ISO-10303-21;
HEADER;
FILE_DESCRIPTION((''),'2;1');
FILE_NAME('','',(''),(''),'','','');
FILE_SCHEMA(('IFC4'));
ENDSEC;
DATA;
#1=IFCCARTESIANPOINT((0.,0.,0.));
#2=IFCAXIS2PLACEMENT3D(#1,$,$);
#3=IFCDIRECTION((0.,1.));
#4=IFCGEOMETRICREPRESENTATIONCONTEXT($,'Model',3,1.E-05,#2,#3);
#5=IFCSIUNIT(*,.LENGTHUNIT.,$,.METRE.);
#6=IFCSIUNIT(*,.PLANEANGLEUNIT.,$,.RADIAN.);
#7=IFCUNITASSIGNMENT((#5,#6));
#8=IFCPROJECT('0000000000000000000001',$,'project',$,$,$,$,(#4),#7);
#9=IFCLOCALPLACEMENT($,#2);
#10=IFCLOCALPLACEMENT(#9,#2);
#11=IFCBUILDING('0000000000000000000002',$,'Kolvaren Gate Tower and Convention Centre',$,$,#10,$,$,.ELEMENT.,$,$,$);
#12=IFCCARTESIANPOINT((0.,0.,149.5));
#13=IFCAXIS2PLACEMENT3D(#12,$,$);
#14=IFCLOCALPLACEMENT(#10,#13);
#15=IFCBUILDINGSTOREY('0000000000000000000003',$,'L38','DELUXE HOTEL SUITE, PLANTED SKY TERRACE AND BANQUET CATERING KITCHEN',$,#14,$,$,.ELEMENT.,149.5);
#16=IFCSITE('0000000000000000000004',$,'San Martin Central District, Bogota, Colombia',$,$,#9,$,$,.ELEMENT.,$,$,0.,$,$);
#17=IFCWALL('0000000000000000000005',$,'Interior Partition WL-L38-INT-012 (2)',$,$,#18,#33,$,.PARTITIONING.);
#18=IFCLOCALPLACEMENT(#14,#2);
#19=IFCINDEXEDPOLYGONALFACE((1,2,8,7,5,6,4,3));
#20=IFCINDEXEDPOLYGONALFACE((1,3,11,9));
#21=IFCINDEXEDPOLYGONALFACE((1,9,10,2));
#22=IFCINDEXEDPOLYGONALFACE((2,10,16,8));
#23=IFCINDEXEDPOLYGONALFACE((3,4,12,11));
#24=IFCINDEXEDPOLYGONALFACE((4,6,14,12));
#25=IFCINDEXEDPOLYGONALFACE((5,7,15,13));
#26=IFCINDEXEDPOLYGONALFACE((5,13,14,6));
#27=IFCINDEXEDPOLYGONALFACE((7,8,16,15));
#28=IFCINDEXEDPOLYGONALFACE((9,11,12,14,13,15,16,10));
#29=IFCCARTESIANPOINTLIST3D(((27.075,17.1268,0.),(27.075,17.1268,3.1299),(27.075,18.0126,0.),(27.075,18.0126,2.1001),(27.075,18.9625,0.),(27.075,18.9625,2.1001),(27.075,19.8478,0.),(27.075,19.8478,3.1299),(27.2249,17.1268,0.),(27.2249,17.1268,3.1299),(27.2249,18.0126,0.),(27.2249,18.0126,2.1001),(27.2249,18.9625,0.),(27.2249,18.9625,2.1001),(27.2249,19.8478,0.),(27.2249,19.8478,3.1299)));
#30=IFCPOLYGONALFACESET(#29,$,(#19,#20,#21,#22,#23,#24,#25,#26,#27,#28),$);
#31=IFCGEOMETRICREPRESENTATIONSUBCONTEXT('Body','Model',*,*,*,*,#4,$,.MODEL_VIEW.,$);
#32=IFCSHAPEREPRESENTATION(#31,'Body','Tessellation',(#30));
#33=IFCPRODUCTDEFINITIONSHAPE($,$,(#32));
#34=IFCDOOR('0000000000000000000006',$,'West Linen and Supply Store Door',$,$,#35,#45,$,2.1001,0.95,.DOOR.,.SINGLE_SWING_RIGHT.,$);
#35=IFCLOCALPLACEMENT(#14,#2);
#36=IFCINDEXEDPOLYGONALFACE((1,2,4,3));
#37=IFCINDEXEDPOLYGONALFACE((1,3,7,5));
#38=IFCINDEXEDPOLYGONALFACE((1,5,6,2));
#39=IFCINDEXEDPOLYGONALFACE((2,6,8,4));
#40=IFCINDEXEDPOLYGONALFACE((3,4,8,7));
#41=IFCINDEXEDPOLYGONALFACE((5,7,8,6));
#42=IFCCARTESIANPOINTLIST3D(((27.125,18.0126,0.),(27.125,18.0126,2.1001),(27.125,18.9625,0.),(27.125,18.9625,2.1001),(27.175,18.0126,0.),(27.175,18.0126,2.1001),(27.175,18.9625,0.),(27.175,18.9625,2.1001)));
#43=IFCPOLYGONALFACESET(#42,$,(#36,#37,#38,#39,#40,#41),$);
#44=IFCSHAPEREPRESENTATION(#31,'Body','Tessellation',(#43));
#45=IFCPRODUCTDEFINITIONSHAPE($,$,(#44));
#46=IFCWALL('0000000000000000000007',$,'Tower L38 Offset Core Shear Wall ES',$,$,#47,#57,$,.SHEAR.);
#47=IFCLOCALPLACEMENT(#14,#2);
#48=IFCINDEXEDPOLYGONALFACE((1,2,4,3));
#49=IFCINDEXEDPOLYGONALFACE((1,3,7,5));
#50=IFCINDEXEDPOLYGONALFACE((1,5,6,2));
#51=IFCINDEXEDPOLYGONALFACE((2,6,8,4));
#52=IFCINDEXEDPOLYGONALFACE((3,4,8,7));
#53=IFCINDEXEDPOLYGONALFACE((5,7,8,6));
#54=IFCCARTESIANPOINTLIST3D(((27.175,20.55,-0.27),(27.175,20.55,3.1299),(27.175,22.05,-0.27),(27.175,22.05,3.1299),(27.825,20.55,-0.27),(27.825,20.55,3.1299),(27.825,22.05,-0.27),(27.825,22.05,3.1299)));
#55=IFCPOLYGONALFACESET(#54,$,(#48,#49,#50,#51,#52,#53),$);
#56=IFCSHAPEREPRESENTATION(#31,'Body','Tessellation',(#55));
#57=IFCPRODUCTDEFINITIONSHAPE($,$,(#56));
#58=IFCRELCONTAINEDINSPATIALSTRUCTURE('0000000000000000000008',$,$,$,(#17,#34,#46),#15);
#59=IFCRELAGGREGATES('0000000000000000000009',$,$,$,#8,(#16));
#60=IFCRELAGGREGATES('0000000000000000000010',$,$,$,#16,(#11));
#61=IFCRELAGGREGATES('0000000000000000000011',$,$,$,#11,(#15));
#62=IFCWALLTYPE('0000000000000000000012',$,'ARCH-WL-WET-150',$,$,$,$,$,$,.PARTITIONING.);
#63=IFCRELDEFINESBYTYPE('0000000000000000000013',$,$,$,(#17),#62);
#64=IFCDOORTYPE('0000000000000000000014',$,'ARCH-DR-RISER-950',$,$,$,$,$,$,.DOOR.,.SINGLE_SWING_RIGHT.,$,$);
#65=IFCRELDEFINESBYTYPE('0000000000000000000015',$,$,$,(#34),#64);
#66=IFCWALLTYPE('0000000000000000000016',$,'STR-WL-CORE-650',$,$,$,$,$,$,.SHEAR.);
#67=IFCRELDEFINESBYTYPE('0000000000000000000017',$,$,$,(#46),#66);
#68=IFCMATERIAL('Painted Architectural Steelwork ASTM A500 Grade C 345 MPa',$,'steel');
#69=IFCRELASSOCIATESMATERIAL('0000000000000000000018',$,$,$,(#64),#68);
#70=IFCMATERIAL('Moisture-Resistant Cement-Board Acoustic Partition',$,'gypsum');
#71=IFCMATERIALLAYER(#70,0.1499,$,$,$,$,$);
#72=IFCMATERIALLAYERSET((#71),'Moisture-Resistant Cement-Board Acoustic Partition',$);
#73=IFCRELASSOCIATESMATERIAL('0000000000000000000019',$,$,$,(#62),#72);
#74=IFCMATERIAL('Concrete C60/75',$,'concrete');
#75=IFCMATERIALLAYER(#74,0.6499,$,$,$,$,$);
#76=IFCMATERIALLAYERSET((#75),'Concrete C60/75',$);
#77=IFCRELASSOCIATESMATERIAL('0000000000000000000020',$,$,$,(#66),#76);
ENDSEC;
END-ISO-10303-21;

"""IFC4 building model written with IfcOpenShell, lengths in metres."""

from ifc_helpers import new_model, si_unit, direction, frame, frame_2d, origin, place, context, subcontext, project, spatial, rectangle, extrude, material, layer, layer_set, type_object, element, fill, save


model = new_model("IFC4")

# Units and contexts
model_context = context("Model", 3, precision=1e-05, world=origin(), true_north=direction((0.0, 1.0)))
body_context = subcontext(model_context, "Body", "Model", "MODEL_VIEW")
ifc_project = project(units=[si_unit("LENGTHUNIT", "METRE"), si_unit("PLANEANGLEUNIT", "RADIAN")], contexts=[model_context])

# Site, building, storey
site_placement = place(None, origin())
site = spatial("IfcSite", under=ifc_project, at=site_placement, Name="San Martin Central District, Bogota, Colombia", CompositionType="ELEMENT", RefElevation=0.0)
building_placement = place(site_placement, origin())
building = spatial("IfcBuilding", under=site, at=building_placement, Name="Kolvaren Gate Tower and Convention Centre", CompositionType="ELEMENT")
storey_placement = place(building_placement, frame((0.0, 0.0, 149.5)))
storey = spatial("IfcBuildingStorey", under=building, at=storey_placement, Name="L38", Description="DELUXE HOTEL SUITE, PLANTED SKY TERRACE AND BANQUET CATERING KITCHEN", CompositionType="ELEMENT", Elevation=149.5)

# Shared definitions
ifc_material_1 = material(Name="Painted Architectural Steelwork ASTM A500 Grade C 345 MPa", Category="steel")
door_type_1 = type_object("IfcDoorType", Name="ARCH-DR-RISER-950", OperationType="SINGLE_SWING_RIGHT", PredefinedType="DOOR", material=ifc_material_1)

# Wall, opening, door
ifc_material_2 = material(Name="Moisture-Resistant Cement-Board Acoustic Partition", Category="gypsum")
ifc_layer_1 = layer(ifc_material_2, 0.1499)
ifc_layer_set_1 = layer_set([ifc_layer_1], Name="Moisture-Resistant Cement-Board Acoustic Partition")
wall_type_1 = type_object("IfcWallType", Name="ARCH-WL-WET-150", PredefinedType="PARTITIONING", material=ifc_layer_set_1)
wall_1_placement = place(storey_placement, frame((27.1499, 17.127, 0.0), z_axis=(0.0, 0.0, 1.0), x_axis=(0.0, 1.0, 0.0)))
wall_1 = element("IfcWall", 1, at=wall_1_placement, inside=storey, type_object=wall_type_1, Name="Interior Partition WL-L38-INT-012 (2)", PredefinedType="PARTITIONING", context=body_context, shape_type="SweptSolid", body=[
    extrude(rectangle(XDim=2.7209, YDim=0.1499, at=frame_2d((1.3604, 0.0))), origin(), (0.0, 0.0, 1.0), 3.1299),
])
opening_1_placement = place(wall_1_placement, frame((0.8855, 0.0, 0.0)))
opening_1 = element("IfcOpeningElement", 2, at=opening_1_placement, cuts=wall_1, PredefinedType="OPENING", context=body_context, shape_type="SweptSolid", body=[
    extrude(rectangle(XDim=0.95, YDim=2.1001, at=frame_2d((0.4751, 1.05))), frame((0.0, 0.085, 0.0), z_axis=(0.0, -1.0, 0.0), x_axis=(1.0, 0.0, 0.0)), (0.0, 0.0, 1.0), 0.1699),
])
door_1_placement = place(opening_1_placement, origin())
door_1 = element("IfcDoor", 3, at=door_1_placement, inside=storey, type_object=door_type_1, Name="West Linen and Supply Store Door", OperationType="SINGLE_SWING_RIGHT", OverallHeight=2.1001, OverallWidth=0.95, PredefinedType="DOOR", context=body_context, shape_type="SweptSolid", body=[
    extrude(rectangle(XDim=0.95, YDim=2.1001, at=frame_2d((0.4751, 1.05))), frame((0.0, 0.0249, 0.0), z_axis=(0.0, -1.0, 0.0), x_axis=(1.0, 0.0, 0.0)), (0.0, 0.0, 1.0), 0.05),
])
fill(opening_1, door_1)

# Wall
ifc_material_3 = material(Name="Concrete C60/75", Category="concrete")
ifc_layer_2 = layer(ifc_material_3, 0.6499)
ifc_layer_set_2 = layer_set([ifc_layer_2], Name="Concrete C60/75")
wall_type_2 = type_object("IfcWallType", Name="STR-WL-CORE-650", PredefinedType="SHEAR", material=ifc_layer_set_2)
wall_2_placement = place(storey_placement, frame((27.5, 20.55, -0.27), z_axis=(0.0, 0.0, 1.0), x_axis=(0.0, 1.0, 0.0)))
element("IfcWall", 4, at=wall_2_placement, inside=storey, type_object=wall_type_2, Name="Tower L38 Offset Core Shear Wall ES", PredefinedType="SHEAR", context=body_context, shape_type="SweptSolid", body=[
    extrude(rectangle(XDim=1.5, YDim=0.6499, at=frame_2d((0.75, 0.0))), origin(), (0.0, 0.0, 1.0), 3.3999),
])

save(model, "model.ifc")
